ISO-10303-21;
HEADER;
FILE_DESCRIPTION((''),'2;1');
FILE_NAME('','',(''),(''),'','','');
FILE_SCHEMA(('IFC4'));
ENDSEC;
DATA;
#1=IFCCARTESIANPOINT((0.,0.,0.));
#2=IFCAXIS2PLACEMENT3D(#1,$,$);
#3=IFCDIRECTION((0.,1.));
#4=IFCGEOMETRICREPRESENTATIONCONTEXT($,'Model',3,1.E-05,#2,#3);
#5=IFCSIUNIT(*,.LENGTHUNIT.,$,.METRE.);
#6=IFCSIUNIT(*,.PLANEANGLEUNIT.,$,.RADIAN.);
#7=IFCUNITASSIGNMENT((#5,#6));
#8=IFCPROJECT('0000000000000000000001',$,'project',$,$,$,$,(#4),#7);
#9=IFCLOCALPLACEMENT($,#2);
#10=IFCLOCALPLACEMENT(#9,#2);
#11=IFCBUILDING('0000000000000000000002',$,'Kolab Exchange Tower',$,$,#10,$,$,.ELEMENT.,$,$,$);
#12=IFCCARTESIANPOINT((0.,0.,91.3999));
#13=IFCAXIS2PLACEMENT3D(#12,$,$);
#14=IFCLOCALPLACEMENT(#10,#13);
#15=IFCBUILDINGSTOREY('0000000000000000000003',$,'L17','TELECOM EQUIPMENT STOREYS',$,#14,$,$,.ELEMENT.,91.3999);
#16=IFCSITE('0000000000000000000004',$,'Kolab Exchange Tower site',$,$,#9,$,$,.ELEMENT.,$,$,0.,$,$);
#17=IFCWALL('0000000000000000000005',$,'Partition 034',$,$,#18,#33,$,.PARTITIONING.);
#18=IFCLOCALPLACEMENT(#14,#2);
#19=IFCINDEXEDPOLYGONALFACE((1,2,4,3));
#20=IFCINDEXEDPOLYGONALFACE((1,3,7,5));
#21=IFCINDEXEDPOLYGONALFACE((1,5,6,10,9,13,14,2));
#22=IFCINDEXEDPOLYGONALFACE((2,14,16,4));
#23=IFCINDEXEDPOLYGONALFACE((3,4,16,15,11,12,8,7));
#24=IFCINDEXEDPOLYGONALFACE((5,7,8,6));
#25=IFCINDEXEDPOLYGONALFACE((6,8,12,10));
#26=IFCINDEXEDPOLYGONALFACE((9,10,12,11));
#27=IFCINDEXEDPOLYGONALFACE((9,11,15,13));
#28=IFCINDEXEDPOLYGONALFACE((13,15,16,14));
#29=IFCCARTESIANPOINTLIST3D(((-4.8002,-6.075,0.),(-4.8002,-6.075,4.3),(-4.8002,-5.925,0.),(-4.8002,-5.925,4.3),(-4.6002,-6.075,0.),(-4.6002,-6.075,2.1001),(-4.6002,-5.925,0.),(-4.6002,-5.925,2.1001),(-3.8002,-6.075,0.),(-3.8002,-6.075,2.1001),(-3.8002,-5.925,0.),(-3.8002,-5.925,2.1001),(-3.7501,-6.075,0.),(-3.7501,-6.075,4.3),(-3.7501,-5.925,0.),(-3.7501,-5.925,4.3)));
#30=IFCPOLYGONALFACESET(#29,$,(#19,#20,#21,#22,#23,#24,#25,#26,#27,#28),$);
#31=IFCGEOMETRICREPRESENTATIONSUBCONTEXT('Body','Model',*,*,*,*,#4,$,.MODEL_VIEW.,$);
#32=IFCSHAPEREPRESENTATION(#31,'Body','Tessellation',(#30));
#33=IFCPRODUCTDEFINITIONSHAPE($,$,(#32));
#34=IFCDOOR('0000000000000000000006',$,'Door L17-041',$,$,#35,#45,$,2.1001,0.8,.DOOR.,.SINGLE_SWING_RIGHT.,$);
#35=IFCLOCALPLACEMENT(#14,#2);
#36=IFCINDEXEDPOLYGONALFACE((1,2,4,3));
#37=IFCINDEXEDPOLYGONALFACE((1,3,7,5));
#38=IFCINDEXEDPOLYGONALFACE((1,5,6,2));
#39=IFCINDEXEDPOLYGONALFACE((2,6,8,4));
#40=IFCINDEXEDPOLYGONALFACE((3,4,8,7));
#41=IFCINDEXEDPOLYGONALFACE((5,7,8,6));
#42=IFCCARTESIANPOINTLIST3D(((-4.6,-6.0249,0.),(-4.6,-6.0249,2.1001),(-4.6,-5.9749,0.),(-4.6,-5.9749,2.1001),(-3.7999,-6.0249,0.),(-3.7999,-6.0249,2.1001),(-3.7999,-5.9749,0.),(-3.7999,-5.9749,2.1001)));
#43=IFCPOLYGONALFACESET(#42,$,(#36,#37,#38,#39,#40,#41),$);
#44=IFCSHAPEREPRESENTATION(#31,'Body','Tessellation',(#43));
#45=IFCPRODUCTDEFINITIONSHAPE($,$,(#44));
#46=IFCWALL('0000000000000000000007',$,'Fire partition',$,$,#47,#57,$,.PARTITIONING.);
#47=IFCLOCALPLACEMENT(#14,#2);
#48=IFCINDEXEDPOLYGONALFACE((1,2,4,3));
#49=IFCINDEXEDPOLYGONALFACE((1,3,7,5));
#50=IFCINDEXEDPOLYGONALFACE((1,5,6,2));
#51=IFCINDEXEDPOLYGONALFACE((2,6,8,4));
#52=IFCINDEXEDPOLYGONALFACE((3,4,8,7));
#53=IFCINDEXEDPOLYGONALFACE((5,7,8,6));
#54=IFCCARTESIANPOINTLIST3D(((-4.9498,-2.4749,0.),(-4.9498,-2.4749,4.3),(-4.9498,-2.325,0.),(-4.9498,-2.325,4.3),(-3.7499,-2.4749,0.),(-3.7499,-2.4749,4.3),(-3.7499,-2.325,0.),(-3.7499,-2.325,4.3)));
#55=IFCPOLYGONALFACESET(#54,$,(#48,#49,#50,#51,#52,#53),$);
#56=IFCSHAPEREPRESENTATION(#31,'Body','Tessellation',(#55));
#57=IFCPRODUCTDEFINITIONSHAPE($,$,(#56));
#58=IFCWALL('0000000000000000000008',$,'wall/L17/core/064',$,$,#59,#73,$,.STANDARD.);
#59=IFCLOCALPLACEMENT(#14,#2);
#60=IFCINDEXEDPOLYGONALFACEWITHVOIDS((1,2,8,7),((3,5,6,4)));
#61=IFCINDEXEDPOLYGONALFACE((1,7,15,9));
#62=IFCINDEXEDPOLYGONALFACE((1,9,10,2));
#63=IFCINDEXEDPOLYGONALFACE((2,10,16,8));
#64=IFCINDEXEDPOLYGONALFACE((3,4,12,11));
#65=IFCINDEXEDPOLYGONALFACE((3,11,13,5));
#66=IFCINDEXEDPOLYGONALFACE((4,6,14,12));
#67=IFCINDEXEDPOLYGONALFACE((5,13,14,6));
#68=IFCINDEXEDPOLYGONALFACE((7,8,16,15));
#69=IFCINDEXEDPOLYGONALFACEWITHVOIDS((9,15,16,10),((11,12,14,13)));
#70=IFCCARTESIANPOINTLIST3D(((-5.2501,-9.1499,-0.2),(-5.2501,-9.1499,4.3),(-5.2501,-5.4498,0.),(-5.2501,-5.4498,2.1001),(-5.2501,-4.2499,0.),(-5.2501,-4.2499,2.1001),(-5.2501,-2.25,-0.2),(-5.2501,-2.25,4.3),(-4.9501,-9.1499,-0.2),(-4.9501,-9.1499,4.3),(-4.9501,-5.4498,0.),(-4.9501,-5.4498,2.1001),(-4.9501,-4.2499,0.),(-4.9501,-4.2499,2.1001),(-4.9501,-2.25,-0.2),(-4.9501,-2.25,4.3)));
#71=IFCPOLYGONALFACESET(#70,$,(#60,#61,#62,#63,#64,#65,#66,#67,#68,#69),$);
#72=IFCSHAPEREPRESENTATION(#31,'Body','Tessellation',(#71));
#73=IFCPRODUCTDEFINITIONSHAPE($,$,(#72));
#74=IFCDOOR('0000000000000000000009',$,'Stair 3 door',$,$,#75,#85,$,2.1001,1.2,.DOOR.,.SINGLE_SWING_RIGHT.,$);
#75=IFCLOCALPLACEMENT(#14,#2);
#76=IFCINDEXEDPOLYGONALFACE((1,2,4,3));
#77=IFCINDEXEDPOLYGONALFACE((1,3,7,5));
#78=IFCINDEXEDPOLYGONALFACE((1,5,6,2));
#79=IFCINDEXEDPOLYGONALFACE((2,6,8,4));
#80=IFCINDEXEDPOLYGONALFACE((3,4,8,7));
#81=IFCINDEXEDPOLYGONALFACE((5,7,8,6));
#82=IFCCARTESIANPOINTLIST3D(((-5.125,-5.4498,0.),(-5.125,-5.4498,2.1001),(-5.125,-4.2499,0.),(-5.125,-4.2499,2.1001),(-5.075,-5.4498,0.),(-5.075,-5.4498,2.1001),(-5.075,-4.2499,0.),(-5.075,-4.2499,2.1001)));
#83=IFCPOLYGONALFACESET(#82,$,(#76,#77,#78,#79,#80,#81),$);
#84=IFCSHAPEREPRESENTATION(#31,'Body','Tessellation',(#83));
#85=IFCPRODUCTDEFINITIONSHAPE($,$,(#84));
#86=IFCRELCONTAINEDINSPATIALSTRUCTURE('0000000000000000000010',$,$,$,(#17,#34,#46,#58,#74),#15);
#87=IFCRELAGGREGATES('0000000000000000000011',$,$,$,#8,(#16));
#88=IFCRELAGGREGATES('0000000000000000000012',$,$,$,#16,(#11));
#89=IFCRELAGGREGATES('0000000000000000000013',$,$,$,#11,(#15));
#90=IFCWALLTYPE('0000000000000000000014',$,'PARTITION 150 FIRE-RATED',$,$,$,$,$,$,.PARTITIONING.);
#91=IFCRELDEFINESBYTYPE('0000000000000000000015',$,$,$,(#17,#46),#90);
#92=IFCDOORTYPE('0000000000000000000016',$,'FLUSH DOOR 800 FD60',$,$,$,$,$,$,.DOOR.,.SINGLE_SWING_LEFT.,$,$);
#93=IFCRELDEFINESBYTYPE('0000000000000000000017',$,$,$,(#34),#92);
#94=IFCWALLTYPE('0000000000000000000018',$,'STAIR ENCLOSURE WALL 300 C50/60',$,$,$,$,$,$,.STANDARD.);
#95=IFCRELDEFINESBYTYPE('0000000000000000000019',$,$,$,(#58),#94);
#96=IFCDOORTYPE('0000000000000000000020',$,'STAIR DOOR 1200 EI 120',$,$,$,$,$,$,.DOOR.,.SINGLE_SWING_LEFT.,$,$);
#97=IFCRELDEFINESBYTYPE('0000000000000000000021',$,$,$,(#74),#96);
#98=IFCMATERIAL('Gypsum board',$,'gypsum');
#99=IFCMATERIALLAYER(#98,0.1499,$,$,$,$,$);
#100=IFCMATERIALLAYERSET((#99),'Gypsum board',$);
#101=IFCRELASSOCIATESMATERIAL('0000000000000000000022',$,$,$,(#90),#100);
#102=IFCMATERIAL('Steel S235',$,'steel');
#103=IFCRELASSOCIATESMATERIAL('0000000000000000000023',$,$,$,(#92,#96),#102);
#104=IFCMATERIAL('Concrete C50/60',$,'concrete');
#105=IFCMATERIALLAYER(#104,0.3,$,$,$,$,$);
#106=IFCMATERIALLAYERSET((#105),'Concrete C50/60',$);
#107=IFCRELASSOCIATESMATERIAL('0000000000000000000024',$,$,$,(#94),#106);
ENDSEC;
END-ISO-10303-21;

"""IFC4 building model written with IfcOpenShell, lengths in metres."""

from ifc_helpers import new_model, si_unit, direction, frame, frame_2d, origin, place, context, subcontext, project, spatial, rectangle, extrude, material, layer, layer_set, type_object, element, fill, save


model = new_model("IFC4")

# Units and contexts
model_context = context("Model", 3, precision=1e-05, world=origin(), true_north=direction((0.0, 1.0)))
body_context = subcontext(model_context, "Body", "Model", "MODEL_VIEW")
ifc_project = project(units=[si_unit("LENGTHUNIT", "METRE"), si_unit("PLANEANGLEUNIT", "RADIAN")], contexts=[model_context])

# Site, building, storey
site_placement = place(None, origin())
site = spatial("IfcSite", under=ifc_project, at=site_placement, Name="Kolab Exchange Tower site", CompositionType="ELEMENT", RefElevation=0.0)
building_placement = place(site_placement, origin())
building = spatial("IfcBuilding", under=site, at=building_placement, Name="Kolab Exchange Tower", CompositionType="ELEMENT")
storey_placement = place(building_placement, frame((0.0, 0.0, 91.3999)))
storey = spatial("IfcBuildingStorey", under=building, at=storey_placement, Name="L17", Description="TELECOM EQUIPMENT STOREYS", CompositionType="ELEMENT", Elevation=91.3999)

# Shared definitions
ifc_material_1 = material(Name="Concrete C50/60", Category="concrete")
ifc_material_2 = material(Name="Steel S235", Category="steel")

# Shared definitions
ifc_material_3 = material(Name="Gypsum board", Category="gypsum")
ifc_layer_1 = layer(ifc_material_3, 0.1499)
ifc_layer_set_1 = layer_set([ifc_layer_1], Name="Gypsum board")
wall_type_1 = type_object("IfcWallType", Name="PARTITION 150 FIRE-RATED", PredefinedType="PARTITIONING", material=ifc_layer_set_1)

# Wall, opening, door
wall_1_placement = place(storey_placement, frame((-4.8, -6.0, 0.0), z_axis=(0.0, 0.0, 1.0), x_axis=(1.0, 0.0, 0.0)))
wall_1 = element("IfcWall", 1, at=wall_1_placement, inside=storey, type_object=wall_type_1, Name="Partition 034", PredefinedType="PARTITIONING", context=body_context, shape_type="SweptSolid", body=[
    extrude(rectangle(XDim=1.05, YDim=0.1499, at=frame_2d((0.5249, 0.0))), origin(), (0.0, 0.0, 1.0), 4.3),
])
opening_1_placement = place(wall_1_placement, frame((0.2, 0.0, 0.0)))
opening_1 = element("IfcOpeningElement", 2, at=opening_1_placement, cuts=wall_1, PredefinedType="OPENING", context=body_context, shape_type="SweptSolid", body=[
    extrude(rectangle(XDim=0.8, YDim=2.1001, at=frame_2d((0.3999, 1.05))), frame((0.0, 0.085, 0.0), z_axis=(0.0, -1.0, 0.0), x_axis=(1.0, 0.0, 0.0)), (0.0, 0.0, 1.0), 0.1699),
])
door_type_1 = type_object("IfcDoorType", Name="FLUSH DOOR 800 FD60", OperationType="SINGLE_SWING_LEFT", PredefinedType="DOOR", material=ifc_material_2)
door_1_placement = place(opening_1_placement, frame((0.8, 0.0, 0.0), z_axis=(0.0, 0.0, 1.0), x_axis=(-1.0, 0.0, 0.0)))
door_1 = element("IfcDoor", 3, at=door_1_placement, inside=storey, type_object=door_type_1, Name="Door L17-041", OperationType="SINGLE_SWING_RIGHT", OverallHeight=2.1001, OverallWidth=0.8, PredefinedType="DOOR", context=body_context, shape_type="SweptSolid", body=[
    extrude(rectangle(XDim=0.8, YDim=2.1001, at=frame_2d((0.3999, 1.05))), frame((0.0, 0.0249, 0.0), z_axis=(0.0, -1.0, 0.0), x_axis=(1.0, 0.0, 0.0)), (0.0, 0.0, 1.0), 0.05),
])
fill(opening_1, door_1)

# Wall
wall_2_placement = place(storey_placement, frame((-4.95, -2.3999, 0.0), z_axis=(0.0, 0.0, 1.0), x_axis=(1.0, 0.0, 0.0)))
element("IfcWall", 4, at=wall_2_placement, inside=storey, type_object=wall_type_1, Name="Fire partition", PredefinedType="PARTITIONING", context=body_context, shape_type="SweptSolid", body=[
    extrude(rectangle(XDim=1.2, YDim=0.1499, at=frame_2d((0.6001, 0.0))), origin(), (0.0, 0.0, 1.0), 4.3),
])

# Wall, opening, door
ifc_layer_2 = layer(ifc_material_1, 0.3)
ifc_layer_set_2 = layer_set([ifc_layer_2], Name="Concrete C50/60")
wall_type_2 = type_object("IfcWallType", Name="STAIR ENCLOSURE WALL 300 C50/60", PredefinedType="STANDARD", material=ifc_layer_set_2)
wall_3_placement = place(storey_placement, frame((-5.1001, -9.1499, -0.2), z_axis=(0.0, 0.0, 1.0), x_axis=(0.0, 1.0, 0.0)))
wall_3 = element("IfcWall", 5, at=wall_3_placement, inside=storey, type_object=wall_type_2, Name="wall/L17/core/064", PredefinedType="STANDARD", context=body_context, shape_type="SweptSolid", body=[
    extrude(rectangle(XDim=6.8999, YDim=0.3, at=frame_2d((3.45, 0.0))), origin(), (0.0, 0.0, 1.0), 4.5),
])
opening_2_placement = place(wall_3_placement, frame((3.7, 0.0, 0.2)))
opening_2 = element("IfcOpeningElement", 6, at=opening_2_placement, cuts=wall_3, PredefinedType="OPENING", context=body_context, shape_type="SweptSolid", body=[
    extrude(rectangle(XDim=1.2, YDim=2.1001, at=frame_2d((0.6001, 1.05))), frame((0.0, 0.1602, 0.0), z_axis=(0.0, -1.0, 0.0), x_axis=(1.0, 0.0, 0.0)), (0.0, 0.0, 1.0), 0.3201),
])
door_type_2 = type_object("IfcDoorType", Name="STAIR DOOR 1200 EI 120", OperationType="SINGLE_SWING_LEFT", PredefinedType="DOOR", material=ifc_material_2)
door_2_placement = place(opening_2_placement, origin())
door_2 = element("IfcDoor", 7, at=door_2_placement, inside=storey, type_object=door_type_2, Name="Stair 3 door", OperationType="SINGLE_SWING_RIGHT", OverallHeight=2.1001, OverallWidth=1.2, PredefinedType="DOOR", context=body_context, shape_type="SweptSolid", body=[
    extrude(rectangle(XDim=1.2, YDim=2.1001, at=frame_2d((0.6001, 1.05))), frame((0.0, 0.0249, 0.0), z_axis=(0.0, -1.0, 0.0), x_axis=(1.0, 0.0, 0.0)), (0.0, 0.0, 1.0), 0.05),
])
fill(opening_2, door_2)

save(model, "model.ifc")
